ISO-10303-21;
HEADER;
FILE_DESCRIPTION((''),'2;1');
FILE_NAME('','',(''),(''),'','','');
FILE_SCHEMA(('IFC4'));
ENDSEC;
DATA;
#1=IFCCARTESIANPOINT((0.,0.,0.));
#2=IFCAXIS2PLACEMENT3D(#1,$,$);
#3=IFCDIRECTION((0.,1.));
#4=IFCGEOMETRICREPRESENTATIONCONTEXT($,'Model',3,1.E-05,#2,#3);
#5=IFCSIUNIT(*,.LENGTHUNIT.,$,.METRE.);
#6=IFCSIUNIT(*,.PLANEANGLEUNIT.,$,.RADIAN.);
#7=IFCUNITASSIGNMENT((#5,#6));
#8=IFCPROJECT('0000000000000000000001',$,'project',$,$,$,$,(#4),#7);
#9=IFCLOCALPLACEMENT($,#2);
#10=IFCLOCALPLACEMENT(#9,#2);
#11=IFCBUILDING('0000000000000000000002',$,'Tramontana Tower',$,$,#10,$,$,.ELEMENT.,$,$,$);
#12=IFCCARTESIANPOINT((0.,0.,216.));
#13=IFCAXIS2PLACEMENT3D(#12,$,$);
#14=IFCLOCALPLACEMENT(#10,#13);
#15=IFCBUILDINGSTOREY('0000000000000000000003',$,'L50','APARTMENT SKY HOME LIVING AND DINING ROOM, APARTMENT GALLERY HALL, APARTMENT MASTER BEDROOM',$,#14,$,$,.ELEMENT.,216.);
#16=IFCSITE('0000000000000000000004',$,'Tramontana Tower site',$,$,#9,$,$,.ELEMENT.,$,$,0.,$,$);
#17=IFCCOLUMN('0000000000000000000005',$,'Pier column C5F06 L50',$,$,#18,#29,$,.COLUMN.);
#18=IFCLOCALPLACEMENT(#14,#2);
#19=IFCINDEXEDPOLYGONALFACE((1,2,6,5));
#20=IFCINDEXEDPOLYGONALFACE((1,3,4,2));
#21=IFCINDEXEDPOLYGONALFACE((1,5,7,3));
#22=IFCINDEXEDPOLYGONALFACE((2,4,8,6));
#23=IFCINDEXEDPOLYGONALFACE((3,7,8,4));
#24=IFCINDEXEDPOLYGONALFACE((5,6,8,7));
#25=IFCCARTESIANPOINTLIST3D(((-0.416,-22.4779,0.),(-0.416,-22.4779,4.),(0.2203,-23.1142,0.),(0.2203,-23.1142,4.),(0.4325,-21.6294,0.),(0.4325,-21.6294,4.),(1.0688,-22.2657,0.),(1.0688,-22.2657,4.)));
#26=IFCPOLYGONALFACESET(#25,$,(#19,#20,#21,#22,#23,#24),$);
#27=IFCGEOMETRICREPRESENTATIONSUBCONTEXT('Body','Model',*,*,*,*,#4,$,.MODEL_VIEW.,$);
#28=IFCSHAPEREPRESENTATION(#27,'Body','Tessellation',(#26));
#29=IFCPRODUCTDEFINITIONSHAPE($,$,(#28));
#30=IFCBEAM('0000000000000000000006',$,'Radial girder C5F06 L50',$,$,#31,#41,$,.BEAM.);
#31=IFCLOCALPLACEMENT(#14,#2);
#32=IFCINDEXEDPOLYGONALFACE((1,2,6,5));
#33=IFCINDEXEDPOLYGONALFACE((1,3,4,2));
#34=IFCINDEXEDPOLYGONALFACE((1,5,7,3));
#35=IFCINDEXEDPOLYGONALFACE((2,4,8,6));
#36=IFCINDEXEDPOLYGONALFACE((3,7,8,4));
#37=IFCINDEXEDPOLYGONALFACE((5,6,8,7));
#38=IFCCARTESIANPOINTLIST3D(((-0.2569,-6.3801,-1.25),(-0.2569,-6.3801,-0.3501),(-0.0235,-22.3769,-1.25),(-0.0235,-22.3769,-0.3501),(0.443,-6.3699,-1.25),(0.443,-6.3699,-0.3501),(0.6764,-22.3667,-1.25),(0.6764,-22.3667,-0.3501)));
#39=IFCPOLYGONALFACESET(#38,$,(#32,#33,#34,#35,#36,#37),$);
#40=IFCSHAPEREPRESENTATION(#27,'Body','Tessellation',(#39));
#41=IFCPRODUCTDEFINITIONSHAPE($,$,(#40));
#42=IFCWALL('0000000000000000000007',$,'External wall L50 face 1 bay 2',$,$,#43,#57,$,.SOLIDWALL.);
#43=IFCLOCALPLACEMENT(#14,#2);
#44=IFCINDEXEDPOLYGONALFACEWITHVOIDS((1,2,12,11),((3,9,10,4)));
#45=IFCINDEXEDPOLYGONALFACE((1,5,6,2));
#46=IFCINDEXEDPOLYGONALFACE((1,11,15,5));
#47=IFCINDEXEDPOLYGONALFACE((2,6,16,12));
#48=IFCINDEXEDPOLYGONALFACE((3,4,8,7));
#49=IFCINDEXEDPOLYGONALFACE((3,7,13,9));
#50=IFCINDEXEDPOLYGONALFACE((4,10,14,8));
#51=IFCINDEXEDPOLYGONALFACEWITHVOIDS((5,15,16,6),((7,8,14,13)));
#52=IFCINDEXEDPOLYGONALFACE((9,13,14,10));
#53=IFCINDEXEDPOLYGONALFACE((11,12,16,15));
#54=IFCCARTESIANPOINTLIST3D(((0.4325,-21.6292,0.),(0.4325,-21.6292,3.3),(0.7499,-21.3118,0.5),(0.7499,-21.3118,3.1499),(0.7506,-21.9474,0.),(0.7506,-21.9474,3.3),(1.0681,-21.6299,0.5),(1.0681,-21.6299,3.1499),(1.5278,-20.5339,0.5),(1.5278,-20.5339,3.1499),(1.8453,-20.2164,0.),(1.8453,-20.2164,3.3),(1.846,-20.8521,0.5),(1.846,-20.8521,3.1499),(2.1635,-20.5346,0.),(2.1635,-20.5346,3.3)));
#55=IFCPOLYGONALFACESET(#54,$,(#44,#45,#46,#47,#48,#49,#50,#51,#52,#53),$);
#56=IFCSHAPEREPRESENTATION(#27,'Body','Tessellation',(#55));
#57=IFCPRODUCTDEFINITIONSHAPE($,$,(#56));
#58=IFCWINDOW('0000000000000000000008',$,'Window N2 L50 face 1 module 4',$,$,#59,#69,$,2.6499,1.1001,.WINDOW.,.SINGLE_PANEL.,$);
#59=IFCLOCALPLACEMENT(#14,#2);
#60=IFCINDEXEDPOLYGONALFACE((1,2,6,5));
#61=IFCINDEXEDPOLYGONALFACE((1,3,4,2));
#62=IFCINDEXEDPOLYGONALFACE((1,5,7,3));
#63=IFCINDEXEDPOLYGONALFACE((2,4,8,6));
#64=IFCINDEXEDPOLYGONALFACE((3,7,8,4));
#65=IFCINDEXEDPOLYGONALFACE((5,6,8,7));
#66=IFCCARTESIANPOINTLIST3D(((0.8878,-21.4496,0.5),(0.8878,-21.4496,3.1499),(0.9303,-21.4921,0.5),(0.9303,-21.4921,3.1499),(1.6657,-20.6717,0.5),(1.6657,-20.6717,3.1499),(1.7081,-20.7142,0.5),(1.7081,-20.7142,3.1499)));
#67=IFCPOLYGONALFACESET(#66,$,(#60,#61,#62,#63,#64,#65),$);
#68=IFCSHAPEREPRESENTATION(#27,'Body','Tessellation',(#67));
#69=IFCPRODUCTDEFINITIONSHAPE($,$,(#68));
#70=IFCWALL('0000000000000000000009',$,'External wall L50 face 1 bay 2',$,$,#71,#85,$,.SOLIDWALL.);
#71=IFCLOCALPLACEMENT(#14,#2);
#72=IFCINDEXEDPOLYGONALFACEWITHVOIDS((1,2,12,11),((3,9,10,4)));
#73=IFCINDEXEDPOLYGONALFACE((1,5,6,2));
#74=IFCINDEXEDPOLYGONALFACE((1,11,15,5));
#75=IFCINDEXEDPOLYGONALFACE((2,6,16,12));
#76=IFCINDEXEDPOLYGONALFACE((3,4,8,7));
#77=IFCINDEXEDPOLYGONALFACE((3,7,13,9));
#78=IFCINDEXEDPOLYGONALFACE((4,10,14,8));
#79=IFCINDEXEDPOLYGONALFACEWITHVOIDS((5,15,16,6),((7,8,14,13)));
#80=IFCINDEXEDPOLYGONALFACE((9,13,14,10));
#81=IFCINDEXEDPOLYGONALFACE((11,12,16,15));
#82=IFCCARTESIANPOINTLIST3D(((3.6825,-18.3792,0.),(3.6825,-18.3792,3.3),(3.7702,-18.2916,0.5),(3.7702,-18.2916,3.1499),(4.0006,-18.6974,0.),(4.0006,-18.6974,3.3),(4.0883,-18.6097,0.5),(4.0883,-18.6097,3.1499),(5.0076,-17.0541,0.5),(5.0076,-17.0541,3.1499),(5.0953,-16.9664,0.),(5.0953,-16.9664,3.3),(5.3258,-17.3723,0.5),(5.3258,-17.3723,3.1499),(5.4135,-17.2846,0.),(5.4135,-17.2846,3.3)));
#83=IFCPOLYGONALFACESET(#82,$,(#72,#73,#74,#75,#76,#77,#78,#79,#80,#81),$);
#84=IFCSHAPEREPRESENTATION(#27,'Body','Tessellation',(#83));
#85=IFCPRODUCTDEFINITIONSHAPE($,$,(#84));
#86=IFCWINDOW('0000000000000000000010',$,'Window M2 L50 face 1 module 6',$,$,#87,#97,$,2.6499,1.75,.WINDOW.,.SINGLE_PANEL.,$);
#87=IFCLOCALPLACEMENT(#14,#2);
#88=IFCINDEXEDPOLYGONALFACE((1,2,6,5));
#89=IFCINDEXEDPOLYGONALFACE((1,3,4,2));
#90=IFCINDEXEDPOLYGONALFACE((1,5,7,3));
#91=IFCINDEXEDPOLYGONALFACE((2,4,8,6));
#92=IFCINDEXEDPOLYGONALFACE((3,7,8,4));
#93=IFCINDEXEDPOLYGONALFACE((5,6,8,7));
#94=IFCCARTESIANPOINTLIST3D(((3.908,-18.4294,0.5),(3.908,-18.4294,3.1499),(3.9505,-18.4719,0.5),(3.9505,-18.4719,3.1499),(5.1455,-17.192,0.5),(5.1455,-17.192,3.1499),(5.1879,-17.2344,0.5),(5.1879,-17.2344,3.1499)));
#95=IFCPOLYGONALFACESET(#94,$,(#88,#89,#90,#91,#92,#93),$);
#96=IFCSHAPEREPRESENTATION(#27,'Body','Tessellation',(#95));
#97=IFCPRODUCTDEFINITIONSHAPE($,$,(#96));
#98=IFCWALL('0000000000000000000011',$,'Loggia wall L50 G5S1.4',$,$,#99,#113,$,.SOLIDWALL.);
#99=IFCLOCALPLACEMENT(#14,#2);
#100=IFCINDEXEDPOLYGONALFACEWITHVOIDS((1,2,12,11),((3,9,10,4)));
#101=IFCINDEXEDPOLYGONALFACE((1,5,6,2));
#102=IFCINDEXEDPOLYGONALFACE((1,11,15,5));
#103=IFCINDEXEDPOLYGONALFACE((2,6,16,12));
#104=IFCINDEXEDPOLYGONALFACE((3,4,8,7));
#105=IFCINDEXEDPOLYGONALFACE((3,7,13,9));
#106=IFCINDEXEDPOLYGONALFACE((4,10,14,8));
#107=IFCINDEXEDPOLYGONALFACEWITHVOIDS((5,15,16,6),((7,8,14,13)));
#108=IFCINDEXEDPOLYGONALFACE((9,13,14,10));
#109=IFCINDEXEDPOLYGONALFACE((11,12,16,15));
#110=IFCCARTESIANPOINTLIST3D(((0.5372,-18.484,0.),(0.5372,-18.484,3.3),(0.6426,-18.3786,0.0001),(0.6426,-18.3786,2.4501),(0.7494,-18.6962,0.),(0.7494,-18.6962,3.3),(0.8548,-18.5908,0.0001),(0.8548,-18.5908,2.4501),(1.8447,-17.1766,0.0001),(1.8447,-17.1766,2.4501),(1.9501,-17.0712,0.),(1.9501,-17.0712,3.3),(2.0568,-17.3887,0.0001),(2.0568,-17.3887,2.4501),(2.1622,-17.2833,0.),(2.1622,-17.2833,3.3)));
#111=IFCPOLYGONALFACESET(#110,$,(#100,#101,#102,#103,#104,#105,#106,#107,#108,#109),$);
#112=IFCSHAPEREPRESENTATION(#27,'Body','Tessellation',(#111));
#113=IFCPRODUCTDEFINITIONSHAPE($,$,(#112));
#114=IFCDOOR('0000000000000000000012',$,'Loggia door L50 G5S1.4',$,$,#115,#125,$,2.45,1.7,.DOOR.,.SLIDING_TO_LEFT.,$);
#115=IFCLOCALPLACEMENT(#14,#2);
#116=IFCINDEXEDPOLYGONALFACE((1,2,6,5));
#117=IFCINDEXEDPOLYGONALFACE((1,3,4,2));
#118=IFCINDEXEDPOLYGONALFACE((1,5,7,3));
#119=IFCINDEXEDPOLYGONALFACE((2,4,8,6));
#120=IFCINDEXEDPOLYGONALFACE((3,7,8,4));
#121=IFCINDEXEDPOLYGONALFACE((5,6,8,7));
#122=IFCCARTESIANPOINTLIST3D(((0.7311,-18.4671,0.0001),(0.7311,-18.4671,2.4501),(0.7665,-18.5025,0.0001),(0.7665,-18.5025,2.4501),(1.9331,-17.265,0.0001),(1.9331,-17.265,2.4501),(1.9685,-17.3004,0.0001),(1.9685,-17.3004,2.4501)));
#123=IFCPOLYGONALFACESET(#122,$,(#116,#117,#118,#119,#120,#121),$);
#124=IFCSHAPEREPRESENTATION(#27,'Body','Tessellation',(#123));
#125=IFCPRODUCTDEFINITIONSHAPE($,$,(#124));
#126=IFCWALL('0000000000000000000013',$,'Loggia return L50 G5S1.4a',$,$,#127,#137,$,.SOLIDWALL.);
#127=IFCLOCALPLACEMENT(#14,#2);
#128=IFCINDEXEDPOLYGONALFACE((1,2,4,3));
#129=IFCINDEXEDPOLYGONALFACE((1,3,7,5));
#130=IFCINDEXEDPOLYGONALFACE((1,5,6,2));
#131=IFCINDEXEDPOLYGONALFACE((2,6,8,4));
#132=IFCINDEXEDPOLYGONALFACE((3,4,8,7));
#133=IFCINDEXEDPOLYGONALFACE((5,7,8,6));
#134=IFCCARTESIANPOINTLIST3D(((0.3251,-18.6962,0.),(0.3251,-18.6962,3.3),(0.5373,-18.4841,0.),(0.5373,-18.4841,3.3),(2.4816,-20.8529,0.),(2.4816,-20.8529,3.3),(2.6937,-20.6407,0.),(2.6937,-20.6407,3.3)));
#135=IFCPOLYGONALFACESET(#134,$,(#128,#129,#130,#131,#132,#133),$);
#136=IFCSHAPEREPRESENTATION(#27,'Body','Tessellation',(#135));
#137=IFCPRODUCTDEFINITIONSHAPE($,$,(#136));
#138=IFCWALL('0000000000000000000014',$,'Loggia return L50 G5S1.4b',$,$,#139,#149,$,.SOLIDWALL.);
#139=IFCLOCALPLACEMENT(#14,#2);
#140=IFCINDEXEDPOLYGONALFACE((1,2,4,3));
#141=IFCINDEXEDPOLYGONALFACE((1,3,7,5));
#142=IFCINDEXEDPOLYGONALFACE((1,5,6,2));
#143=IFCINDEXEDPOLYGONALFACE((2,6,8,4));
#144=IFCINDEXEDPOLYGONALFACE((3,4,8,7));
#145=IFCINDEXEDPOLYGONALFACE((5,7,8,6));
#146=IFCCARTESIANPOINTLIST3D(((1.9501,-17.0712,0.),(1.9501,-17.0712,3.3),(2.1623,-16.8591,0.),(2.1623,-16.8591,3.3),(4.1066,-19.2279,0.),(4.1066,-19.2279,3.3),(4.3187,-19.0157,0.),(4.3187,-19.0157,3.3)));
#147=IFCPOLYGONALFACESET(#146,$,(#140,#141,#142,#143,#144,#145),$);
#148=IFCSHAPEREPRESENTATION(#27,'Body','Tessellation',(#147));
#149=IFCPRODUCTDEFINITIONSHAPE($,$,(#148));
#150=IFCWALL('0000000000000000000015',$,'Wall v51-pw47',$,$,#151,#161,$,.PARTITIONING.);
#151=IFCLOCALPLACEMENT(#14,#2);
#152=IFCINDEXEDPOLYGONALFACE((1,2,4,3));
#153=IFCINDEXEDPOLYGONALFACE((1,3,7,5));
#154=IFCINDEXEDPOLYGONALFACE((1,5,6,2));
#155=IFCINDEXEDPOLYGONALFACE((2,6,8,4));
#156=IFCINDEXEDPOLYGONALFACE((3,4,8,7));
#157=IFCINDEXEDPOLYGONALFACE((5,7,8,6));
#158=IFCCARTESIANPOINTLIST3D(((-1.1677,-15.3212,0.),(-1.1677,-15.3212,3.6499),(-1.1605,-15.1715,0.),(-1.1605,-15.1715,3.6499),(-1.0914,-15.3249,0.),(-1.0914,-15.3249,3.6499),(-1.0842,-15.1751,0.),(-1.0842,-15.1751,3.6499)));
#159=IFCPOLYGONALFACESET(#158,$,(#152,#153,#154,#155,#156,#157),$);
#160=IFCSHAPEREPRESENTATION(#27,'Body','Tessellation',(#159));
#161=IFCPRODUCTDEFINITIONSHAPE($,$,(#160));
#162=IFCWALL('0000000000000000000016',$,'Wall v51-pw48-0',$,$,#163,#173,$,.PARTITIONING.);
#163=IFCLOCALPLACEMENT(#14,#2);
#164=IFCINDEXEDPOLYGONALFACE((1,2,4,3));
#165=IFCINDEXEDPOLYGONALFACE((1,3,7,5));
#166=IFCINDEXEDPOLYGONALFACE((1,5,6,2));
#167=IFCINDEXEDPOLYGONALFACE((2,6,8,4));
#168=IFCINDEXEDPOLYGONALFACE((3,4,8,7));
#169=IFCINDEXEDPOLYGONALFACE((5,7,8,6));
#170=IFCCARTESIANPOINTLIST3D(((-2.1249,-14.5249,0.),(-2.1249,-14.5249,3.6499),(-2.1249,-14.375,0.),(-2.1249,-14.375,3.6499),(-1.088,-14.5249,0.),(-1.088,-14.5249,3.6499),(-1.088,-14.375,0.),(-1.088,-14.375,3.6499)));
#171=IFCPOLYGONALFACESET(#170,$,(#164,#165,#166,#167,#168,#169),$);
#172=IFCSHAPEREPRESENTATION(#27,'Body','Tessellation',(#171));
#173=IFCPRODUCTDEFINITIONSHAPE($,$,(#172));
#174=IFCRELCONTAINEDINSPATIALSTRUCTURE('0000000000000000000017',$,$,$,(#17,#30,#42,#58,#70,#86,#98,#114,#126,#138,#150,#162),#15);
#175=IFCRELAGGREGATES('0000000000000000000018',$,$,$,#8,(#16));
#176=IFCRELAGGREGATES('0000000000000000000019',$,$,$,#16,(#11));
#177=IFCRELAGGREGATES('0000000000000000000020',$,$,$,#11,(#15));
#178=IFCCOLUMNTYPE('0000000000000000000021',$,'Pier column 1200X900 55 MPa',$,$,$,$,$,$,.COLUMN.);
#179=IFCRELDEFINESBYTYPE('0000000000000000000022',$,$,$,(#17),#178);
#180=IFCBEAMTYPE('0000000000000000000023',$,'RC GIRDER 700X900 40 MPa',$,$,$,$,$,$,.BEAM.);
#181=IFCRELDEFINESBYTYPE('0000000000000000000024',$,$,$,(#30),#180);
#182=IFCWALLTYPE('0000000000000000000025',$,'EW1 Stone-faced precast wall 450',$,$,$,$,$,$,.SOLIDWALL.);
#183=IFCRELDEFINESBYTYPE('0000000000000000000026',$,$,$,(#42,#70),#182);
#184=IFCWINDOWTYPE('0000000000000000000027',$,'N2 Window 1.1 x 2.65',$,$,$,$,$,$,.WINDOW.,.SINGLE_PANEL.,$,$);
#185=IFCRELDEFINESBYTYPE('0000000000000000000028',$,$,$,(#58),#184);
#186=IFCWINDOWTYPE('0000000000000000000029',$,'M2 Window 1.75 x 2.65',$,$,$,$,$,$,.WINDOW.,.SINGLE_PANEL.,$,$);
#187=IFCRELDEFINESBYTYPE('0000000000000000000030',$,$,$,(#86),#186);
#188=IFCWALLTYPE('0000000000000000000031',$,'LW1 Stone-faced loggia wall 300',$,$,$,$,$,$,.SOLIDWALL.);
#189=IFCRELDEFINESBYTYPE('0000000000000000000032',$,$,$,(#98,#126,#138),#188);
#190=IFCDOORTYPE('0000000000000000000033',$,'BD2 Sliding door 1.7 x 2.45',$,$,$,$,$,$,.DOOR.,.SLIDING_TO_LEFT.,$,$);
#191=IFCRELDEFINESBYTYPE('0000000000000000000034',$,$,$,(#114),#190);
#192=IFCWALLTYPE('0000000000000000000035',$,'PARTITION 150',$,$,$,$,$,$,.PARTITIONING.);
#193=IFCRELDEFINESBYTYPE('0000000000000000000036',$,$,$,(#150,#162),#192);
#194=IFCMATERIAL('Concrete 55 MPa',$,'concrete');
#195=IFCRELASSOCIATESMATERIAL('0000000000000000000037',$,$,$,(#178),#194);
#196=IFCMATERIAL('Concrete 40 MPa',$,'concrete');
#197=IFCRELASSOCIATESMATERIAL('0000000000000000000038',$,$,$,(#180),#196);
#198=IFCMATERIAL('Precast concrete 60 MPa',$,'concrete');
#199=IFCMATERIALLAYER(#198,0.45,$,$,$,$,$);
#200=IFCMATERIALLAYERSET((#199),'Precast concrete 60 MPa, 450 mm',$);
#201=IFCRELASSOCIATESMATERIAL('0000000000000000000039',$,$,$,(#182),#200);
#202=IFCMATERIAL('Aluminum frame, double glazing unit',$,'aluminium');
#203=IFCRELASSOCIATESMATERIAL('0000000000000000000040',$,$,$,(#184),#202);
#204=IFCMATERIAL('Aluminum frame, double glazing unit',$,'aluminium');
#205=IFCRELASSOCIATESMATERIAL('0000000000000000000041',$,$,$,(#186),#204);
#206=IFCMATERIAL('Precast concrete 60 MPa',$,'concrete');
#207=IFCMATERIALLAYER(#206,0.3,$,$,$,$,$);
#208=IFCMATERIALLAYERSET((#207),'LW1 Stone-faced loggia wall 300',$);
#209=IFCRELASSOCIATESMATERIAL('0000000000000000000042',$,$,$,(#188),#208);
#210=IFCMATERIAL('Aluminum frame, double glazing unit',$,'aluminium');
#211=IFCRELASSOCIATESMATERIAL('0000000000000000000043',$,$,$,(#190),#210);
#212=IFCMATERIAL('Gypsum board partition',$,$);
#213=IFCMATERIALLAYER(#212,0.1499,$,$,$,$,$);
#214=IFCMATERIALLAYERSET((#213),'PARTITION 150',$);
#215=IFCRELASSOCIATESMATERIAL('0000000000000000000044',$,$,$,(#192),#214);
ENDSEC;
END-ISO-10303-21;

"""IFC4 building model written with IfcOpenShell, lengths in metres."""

from ifc_helpers import new_model, si_unit, direction, frame, frame_2d, origin, origin_2d, place, context, subcontext, project, spatial, rectangle, extrude, material, layer, layer_set, material_profile, profile_set, type_object, element, fill, save


model = new_model("IFC4")

# Units and contexts
model_context = context("Model", 3, precision=1e-05, world=origin(), true_north=direction((0.0, 1.0)))
body_context = subcontext(model_context, "Body", "Model", "MODEL_VIEW")
ifc_project = project(units=[si_unit("LENGTHUNIT", "METRE"), si_unit("PLANEANGLEUNIT", "RADIAN")], contexts=[model_context])

# Site, building, storey
site_placement = place(None, origin())
site = spatial("IfcSite", under=ifc_project, at=site_placement, Name="Tramontana Tower site", CompositionType="ELEMENT", RefElevation=0.0)
building_placement = place(site_placement, origin())
building = spatial("IfcBuilding", under=site, at=building_placement, Name="Tramontana Tower", CompositionType="ELEMENT")
storey_placement = place(building_placement, frame((0.0, 0.0, 216.0)))
storey = spatial("IfcBuildingStorey", under=building, at=storey_placement, Name="L50", Description="APARTMENT SKY HOME LIVING AND DINING ROOM, APARTMENT GALLERY HALL, APARTMENT MASTER BEDROOM", CompositionType="ELEMENT", Elevation=216.0)

# Column
ifc_material_1 = material(Name="Concrete 55 MPa", Category="concrete")
ifc_material_profile_1 = material_profile(ifc_material_1, rectangle(XDim=1.2, YDim=0.8999, at=origin_2d()), Name="Pier column 1200X900 55 MPa")
ifc_profile_set_1 = profile_set([ifc_material_profile_1], Name="Concrete 55 MPa")
column_type = type_object("IfcColumnType", Name="Pier column 1200X900 55 MPa", PredefinedType="COLUMN", material=ifc_profile_set_1)
column_placement = place(storey_placement, frame((0.3264, -22.3718, 0.0), z_axis=(0.0, 0.0, 1.0), x_axis=(0.707107, 0.707107, 0.0)))
element("IfcColumn", 1, at=column_placement, inside=storey, type_object=column_type, Name="Pier column C5F06 L50", PredefinedType="COLUMN", context=body_context, shape_type="SweptSolid", body=[
    extrude(rectangle(XDim=1.2, YDim=0.8999, at=origin_2d()), origin(), (0.0, 0.0, 1.0), 4.0),
])

# Beam
ifc_material_2 = material(Name="Concrete 40 MPa", Category="concrete")
ifc_material_profile_2 = material_profile(ifc_material_2, rectangle(XDim=0.7, YDim=0.8999, at=origin_2d()), Name="RC GIRDER 700X900 40 MPa")
ifc_profile_set_2 = profile_set([ifc_material_profile_2], Name="Concrete 40 MPa")
beam_type = type_object("IfcBeamType", Name="RC GIRDER 700X900 40 MPa", PredefinedType="BEAM", material=ifc_profile_set_2)
beam_placement = place(storey_placement, frame((0.3264, -22.3718, -0.8), z_axis=(-0.014589, 0.999894, 0.0), x_axis=(-0.999894, -0.014589, 0.0)))
element("IfcBeam", 2, at=beam_placement, inside=storey, type_object=beam_type, Name="Radial girder C5F06 L50", PredefinedType="BEAM", context=body_context, shape_type="SweptSolid", body=[
    extrude(rectangle(XDim=0.7, YDim=0.8999, at=origin_2d()), origin(), (0.0, 0.0, 1.0), 15.9985),
])

# Walls, openings, windows
ifc_material_3 = material(Name="Precast concrete 60 MPa", Category="concrete")
ifc_layer_1 = layer(ifc_material_3, 0.45)
ifc_layer_set_1 = layer_set([ifc_layer_1], Name="Precast concrete 60 MPa, 450 mm")
wall_type_1 = type_object("IfcWallType", Name="EW1 Stone-faced precast wall 450", PredefinedType="SOLIDWALL", material=ifc_layer_set_1)
wall_1_placement = place(storey_placement, frame((0.5916, -21.7883, 0.0), z_axis=(0.0, 0.0, 1.0), x_axis=(0.707107, 0.707107, 0.0)))
wall_1 = element("IfcWall", 3, at=wall_1_placement, inside=storey, type_object=wall_type_1, Name="External wall L50 face 1 bay 2", PredefinedType="SOLIDWALL", context=body_context, shape_type="SweptSolid", body=[
    extrude(rectangle(XDim=1.998, YDim=0.45, at=frame_2d((0.999, 0.0))), origin(), (0.0, 0.0, 1.0), 3.3),
])
opening_1_placement = place(wall_1_placement, frame((0.449, 0.0, 0.5)))
opening_1 = element("IfcOpeningElement", 4, at=opening_1_placement, cuts=wall_1, PredefinedType="OPENING", context=body_context, shape_type="SweptSolid", body=[
    extrude(rectangle(XDim=1.1001, YDim=2.6499, at=frame_2d((0.55, 1.325))), frame((0.0, 0.2349, 0.0), z_axis=(0.0, -1.0, 0.0), x_axis=(1.0, 0.0, 0.0)), (0.0, 0.0, 1.0), 0.47),
])
ifc_material_4 = material(Name="Aluminum frame, double glazing unit", Category="aluminium")
window_type_1 = type_object("IfcWindowType", Name="N2 Window 1.1 x 2.65", PartitioningType="SINGLE_PANEL", PredefinedType="WINDOW", material=ifc_material_4)
window_1_placement = place(opening_1_placement, origin())
window_1 = element("IfcWindow", 5, at=window_1_placement, inside=storey, type_object=window_type_1, Name="Window N2 L50 face 1 module 4", OverallHeight=2.6499, OverallWidth=1.1001, PartitioningType="SINGLE_PANEL", PredefinedType="WINDOW", context=body_context, shape_type="SweptSolid", body=[
    extrude(rectangle(XDim=1.1001, YDim=2.6499, at=frame_2d((0.55, 1.325))), frame((0.0, 0.03, 0.0), z_axis=(0.0, -1.0, 0.0), x_axis=(1.0, 0.0, 0.0)), (0.0, 0.0, 1.0), 0.0601),
])
fill(opening_1, window_1)
wall_2_placement = place(storey_placement, frame((3.8416, -18.5383, 0.0), z_axis=(0.0, 0.0, 1.0), x_axis=(0.707107, 0.707107, 0.0)))
wall_2 = element("IfcWall", 6, at=wall_2_placement, inside=storey, type_object=wall_type_1, Name="External wall L50 face 1 bay 2", PredefinedType="SOLIDWALL", context=body_context, shape_type="SweptSolid", body=[
    extrude(rectangle(XDim=1.998, YDim=0.45, at=frame_2d((0.999, 0.0))), origin(), (0.0, 0.0, 1.0), 3.3),
])
opening_2_placement = place(wall_2_placement, frame((0.124, 0.0, 0.5)))
opening_2 = element("IfcOpeningElement", 7, at=opening_2_placement, cuts=wall_2, PredefinedType="OPENING", context=body_context, shape_type="SweptSolid", body=[
    extrude(rectangle(XDim=1.75, YDim=2.6499, at=frame_2d((0.875, 1.325))), frame((0.0, 0.2349, 0.0), z_axis=(0.0, -1.0, 0.0), x_axis=(1.0, 0.0, 0.0)), (0.0, 0.0, 1.0), 0.47),
])
ifc_material_5 = material(Name="Aluminum frame, double glazing unit", Category="aluminium")
window_type_2 = type_object("IfcWindowType", Name="M2 Window 1.75 x 2.65", PartitioningType="SINGLE_PANEL", PredefinedType="WINDOW", material=ifc_material_5)
window_2_placement = place(opening_2_placement, origin())
window_2 = element("IfcWindow", 8, at=window_2_placement, inside=storey, type_object=window_type_2, Name="Window M2 L50 face 1 module 6", OverallHeight=2.6499, OverallWidth=1.75, PartitioningType="SINGLE_PANEL", PredefinedType="WINDOW", context=body_context, shape_type="SweptSolid", body=[
    extrude(rectangle(XDim=1.75, YDim=2.6499, at=frame_2d((0.875, 1.325))), frame((0.0, 0.03, 0.0), z_axis=(0.0, -1.0, 0.0), x_axis=(1.0, 0.0, 0.0)), (0.0, 0.0, 1.0), 0.0601),
])
fill(opening_2, window_2)

# Wall, opening, door
ifc_material_6 = material(Name="Precast concrete 60 MPa", Category="concrete")
ifc_layer_2 = layer(ifc_material_6, 0.3)
ifc_layer_set_2 = layer_set([ifc_layer_2], Name="LW1 Stone-faced loggia wall 300")
wall_type_2 = type_object("IfcWallType", Name="LW1 Stone-faced loggia wall 300", PredefinedType="SOLIDWALL", material=ifc_layer_set_2)
wall_3_placement = place(storey_placement, frame((0.6433, -18.5901, 0.0), z_axis=(0.0, 0.0, 1.0), x_axis=(0.707107, 0.707107, 0.0)))
wall_3 = element("IfcWall", 9, at=wall_3_placement, inside=storey, type_object=wall_type_2, Name="Loggia wall L50 G5S1.4", PredefinedType="SOLIDWALL", context=body_context, shape_type="SweptSolid", body=[
    extrude(rectangle(XDim=1.998, YDim=0.3, at=frame_2d((0.999, 0.0))), origin(), (0.0, 0.0, 1.0), 3.3),
])
opening_3_placement = place(wall_3_placement, frame((0.1489, 0.0, 0.0)))
opening_3 = element("IfcOpeningElement", 10, at=opening_3_placement, cuts=wall_3, PredefinedType="OPENING", context=body_context, shape_type="SweptSolid", body=[
    extrude(rectangle(XDim=1.7, YDim=2.45, at=frame_2d((0.8501, 1.2251))), frame((0.0, 0.1599, 0.0), z_axis=(0.0, -1.0, 0.0), x_axis=(1.0, 0.0, 0.0)), (0.0, 0.0, 1.0), 0.3201),
])
ifc_material_7 = material(Name="Aluminum frame, double glazing unit", Category="aluminium")
door_type_1 = type_object("IfcDoorType", Name="BD2 Sliding door 1.7 x 2.45", OperationType="SLIDING_TO_LEFT", PredefinedType="DOOR", material=ifc_material_7)
door_1_placement = place(opening_3_placement, origin())
door_1 = element("IfcDoor", 11, at=door_1_placement, inside=storey, type_object=door_type_1, Name="Loggia door L50 G5S1.4", OperationType="SLIDING_TO_LEFT", OverallHeight=2.45, OverallWidth=1.7, PredefinedType="DOOR", context=body_context, shape_type="SweptSolid", body=[
    extrude(rectangle(XDim=1.7, YDim=2.45, at=frame_2d((0.8501, 1.2251))), frame((0.0, 0.0249, 0.0), z_axis=(0.0, -1.0, 0.0), x_axis=(1.0, 0.0, 0.0)), (0.0, 0.0, 1.0), 0.05),
])
fill(opening_3, door_1)

# Walls
for number, where, z_axis, x_axis, name in (
    (12, (2.5876, -20.7468, 0.0), (0.0, 0.0, 1.0), (-0.707067, 0.707147, 0.0), "Loggia return L50 G5S1.4a"),
    (13, (4.2126, -19.1218, 0.0), (0.0, 0.0, 1.0), (-0.707067, 0.707147, 0.0), "Loggia return L50 G5S1.4b"),
):
    element("IfcWall", number, at=place(storey_placement, frame(where, z_axis=z_axis, x_axis=x_axis)), inside=storey, type_object=wall_type_2, Name=name, PredefinedType="SOLIDWALL", context=body_context, shape_type="SweptSolid", body=[
        extrude(rectangle(XDim=3.0498, YDim=0.3, at=frame_2d((1.5249, 0.0))), origin(), (0.0, 0.0, 1.0), 3.3),
    ])
ifc_material_8 = material(Name="Gypsum board partition")
ifc_layer_3 = layer(ifc_material_8, 0.1499)
ifc_layer_set_3 = layer_set([ifc_layer_3], Name="PARTITION 150")
wall_type_3 = type_object("IfcWallType", Name="PARTITION 150", PredefinedType="PARTITIONING", material=ifc_layer_set_3)
wall_4_placement = place(storey_placement, frame((-1.0879, -15.25, 0.0), z_axis=(0.0, 0.0, 1.0), x_axis=(-0.998854, 0.047868, 0.0)))
element("IfcWall", 14, at=wall_4_placement, inside=storey, type_object=wall_type_3, Name="Wall v51-pw47", PredefinedType="PARTITIONING", context=body_context, shape_type="SweptSolid", body=[
    extrude(rectangle(XDim=0.0764, YDim=0.1499, at=frame_2d((0.0381, 0.0))), origin(), (0.0, 0.0, 1.0), 3.6499),
])
wall_5_placement = place(storey_placement, frame((-1.0879, -14.45, 0.0), z_axis=(0.0, 0.0, 1.0), x_axis=(-1.0, 0.0, 0.0)))
element("IfcWall", 15, at=wall_5_placement, inside=storey, type_object=wall_type_3, Name="Wall v51-pw48-0", PredefinedType="PARTITIONING", context=body_context, shape_type="SweptSolid", body=[
    extrude(rectangle(XDim=1.0369, YDim=0.1499, at=frame_2d((0.5186, 0.0))), origin(), (0.0, 0.0, 1.0), 3.6499),
])

save(model, "model.ifc")
